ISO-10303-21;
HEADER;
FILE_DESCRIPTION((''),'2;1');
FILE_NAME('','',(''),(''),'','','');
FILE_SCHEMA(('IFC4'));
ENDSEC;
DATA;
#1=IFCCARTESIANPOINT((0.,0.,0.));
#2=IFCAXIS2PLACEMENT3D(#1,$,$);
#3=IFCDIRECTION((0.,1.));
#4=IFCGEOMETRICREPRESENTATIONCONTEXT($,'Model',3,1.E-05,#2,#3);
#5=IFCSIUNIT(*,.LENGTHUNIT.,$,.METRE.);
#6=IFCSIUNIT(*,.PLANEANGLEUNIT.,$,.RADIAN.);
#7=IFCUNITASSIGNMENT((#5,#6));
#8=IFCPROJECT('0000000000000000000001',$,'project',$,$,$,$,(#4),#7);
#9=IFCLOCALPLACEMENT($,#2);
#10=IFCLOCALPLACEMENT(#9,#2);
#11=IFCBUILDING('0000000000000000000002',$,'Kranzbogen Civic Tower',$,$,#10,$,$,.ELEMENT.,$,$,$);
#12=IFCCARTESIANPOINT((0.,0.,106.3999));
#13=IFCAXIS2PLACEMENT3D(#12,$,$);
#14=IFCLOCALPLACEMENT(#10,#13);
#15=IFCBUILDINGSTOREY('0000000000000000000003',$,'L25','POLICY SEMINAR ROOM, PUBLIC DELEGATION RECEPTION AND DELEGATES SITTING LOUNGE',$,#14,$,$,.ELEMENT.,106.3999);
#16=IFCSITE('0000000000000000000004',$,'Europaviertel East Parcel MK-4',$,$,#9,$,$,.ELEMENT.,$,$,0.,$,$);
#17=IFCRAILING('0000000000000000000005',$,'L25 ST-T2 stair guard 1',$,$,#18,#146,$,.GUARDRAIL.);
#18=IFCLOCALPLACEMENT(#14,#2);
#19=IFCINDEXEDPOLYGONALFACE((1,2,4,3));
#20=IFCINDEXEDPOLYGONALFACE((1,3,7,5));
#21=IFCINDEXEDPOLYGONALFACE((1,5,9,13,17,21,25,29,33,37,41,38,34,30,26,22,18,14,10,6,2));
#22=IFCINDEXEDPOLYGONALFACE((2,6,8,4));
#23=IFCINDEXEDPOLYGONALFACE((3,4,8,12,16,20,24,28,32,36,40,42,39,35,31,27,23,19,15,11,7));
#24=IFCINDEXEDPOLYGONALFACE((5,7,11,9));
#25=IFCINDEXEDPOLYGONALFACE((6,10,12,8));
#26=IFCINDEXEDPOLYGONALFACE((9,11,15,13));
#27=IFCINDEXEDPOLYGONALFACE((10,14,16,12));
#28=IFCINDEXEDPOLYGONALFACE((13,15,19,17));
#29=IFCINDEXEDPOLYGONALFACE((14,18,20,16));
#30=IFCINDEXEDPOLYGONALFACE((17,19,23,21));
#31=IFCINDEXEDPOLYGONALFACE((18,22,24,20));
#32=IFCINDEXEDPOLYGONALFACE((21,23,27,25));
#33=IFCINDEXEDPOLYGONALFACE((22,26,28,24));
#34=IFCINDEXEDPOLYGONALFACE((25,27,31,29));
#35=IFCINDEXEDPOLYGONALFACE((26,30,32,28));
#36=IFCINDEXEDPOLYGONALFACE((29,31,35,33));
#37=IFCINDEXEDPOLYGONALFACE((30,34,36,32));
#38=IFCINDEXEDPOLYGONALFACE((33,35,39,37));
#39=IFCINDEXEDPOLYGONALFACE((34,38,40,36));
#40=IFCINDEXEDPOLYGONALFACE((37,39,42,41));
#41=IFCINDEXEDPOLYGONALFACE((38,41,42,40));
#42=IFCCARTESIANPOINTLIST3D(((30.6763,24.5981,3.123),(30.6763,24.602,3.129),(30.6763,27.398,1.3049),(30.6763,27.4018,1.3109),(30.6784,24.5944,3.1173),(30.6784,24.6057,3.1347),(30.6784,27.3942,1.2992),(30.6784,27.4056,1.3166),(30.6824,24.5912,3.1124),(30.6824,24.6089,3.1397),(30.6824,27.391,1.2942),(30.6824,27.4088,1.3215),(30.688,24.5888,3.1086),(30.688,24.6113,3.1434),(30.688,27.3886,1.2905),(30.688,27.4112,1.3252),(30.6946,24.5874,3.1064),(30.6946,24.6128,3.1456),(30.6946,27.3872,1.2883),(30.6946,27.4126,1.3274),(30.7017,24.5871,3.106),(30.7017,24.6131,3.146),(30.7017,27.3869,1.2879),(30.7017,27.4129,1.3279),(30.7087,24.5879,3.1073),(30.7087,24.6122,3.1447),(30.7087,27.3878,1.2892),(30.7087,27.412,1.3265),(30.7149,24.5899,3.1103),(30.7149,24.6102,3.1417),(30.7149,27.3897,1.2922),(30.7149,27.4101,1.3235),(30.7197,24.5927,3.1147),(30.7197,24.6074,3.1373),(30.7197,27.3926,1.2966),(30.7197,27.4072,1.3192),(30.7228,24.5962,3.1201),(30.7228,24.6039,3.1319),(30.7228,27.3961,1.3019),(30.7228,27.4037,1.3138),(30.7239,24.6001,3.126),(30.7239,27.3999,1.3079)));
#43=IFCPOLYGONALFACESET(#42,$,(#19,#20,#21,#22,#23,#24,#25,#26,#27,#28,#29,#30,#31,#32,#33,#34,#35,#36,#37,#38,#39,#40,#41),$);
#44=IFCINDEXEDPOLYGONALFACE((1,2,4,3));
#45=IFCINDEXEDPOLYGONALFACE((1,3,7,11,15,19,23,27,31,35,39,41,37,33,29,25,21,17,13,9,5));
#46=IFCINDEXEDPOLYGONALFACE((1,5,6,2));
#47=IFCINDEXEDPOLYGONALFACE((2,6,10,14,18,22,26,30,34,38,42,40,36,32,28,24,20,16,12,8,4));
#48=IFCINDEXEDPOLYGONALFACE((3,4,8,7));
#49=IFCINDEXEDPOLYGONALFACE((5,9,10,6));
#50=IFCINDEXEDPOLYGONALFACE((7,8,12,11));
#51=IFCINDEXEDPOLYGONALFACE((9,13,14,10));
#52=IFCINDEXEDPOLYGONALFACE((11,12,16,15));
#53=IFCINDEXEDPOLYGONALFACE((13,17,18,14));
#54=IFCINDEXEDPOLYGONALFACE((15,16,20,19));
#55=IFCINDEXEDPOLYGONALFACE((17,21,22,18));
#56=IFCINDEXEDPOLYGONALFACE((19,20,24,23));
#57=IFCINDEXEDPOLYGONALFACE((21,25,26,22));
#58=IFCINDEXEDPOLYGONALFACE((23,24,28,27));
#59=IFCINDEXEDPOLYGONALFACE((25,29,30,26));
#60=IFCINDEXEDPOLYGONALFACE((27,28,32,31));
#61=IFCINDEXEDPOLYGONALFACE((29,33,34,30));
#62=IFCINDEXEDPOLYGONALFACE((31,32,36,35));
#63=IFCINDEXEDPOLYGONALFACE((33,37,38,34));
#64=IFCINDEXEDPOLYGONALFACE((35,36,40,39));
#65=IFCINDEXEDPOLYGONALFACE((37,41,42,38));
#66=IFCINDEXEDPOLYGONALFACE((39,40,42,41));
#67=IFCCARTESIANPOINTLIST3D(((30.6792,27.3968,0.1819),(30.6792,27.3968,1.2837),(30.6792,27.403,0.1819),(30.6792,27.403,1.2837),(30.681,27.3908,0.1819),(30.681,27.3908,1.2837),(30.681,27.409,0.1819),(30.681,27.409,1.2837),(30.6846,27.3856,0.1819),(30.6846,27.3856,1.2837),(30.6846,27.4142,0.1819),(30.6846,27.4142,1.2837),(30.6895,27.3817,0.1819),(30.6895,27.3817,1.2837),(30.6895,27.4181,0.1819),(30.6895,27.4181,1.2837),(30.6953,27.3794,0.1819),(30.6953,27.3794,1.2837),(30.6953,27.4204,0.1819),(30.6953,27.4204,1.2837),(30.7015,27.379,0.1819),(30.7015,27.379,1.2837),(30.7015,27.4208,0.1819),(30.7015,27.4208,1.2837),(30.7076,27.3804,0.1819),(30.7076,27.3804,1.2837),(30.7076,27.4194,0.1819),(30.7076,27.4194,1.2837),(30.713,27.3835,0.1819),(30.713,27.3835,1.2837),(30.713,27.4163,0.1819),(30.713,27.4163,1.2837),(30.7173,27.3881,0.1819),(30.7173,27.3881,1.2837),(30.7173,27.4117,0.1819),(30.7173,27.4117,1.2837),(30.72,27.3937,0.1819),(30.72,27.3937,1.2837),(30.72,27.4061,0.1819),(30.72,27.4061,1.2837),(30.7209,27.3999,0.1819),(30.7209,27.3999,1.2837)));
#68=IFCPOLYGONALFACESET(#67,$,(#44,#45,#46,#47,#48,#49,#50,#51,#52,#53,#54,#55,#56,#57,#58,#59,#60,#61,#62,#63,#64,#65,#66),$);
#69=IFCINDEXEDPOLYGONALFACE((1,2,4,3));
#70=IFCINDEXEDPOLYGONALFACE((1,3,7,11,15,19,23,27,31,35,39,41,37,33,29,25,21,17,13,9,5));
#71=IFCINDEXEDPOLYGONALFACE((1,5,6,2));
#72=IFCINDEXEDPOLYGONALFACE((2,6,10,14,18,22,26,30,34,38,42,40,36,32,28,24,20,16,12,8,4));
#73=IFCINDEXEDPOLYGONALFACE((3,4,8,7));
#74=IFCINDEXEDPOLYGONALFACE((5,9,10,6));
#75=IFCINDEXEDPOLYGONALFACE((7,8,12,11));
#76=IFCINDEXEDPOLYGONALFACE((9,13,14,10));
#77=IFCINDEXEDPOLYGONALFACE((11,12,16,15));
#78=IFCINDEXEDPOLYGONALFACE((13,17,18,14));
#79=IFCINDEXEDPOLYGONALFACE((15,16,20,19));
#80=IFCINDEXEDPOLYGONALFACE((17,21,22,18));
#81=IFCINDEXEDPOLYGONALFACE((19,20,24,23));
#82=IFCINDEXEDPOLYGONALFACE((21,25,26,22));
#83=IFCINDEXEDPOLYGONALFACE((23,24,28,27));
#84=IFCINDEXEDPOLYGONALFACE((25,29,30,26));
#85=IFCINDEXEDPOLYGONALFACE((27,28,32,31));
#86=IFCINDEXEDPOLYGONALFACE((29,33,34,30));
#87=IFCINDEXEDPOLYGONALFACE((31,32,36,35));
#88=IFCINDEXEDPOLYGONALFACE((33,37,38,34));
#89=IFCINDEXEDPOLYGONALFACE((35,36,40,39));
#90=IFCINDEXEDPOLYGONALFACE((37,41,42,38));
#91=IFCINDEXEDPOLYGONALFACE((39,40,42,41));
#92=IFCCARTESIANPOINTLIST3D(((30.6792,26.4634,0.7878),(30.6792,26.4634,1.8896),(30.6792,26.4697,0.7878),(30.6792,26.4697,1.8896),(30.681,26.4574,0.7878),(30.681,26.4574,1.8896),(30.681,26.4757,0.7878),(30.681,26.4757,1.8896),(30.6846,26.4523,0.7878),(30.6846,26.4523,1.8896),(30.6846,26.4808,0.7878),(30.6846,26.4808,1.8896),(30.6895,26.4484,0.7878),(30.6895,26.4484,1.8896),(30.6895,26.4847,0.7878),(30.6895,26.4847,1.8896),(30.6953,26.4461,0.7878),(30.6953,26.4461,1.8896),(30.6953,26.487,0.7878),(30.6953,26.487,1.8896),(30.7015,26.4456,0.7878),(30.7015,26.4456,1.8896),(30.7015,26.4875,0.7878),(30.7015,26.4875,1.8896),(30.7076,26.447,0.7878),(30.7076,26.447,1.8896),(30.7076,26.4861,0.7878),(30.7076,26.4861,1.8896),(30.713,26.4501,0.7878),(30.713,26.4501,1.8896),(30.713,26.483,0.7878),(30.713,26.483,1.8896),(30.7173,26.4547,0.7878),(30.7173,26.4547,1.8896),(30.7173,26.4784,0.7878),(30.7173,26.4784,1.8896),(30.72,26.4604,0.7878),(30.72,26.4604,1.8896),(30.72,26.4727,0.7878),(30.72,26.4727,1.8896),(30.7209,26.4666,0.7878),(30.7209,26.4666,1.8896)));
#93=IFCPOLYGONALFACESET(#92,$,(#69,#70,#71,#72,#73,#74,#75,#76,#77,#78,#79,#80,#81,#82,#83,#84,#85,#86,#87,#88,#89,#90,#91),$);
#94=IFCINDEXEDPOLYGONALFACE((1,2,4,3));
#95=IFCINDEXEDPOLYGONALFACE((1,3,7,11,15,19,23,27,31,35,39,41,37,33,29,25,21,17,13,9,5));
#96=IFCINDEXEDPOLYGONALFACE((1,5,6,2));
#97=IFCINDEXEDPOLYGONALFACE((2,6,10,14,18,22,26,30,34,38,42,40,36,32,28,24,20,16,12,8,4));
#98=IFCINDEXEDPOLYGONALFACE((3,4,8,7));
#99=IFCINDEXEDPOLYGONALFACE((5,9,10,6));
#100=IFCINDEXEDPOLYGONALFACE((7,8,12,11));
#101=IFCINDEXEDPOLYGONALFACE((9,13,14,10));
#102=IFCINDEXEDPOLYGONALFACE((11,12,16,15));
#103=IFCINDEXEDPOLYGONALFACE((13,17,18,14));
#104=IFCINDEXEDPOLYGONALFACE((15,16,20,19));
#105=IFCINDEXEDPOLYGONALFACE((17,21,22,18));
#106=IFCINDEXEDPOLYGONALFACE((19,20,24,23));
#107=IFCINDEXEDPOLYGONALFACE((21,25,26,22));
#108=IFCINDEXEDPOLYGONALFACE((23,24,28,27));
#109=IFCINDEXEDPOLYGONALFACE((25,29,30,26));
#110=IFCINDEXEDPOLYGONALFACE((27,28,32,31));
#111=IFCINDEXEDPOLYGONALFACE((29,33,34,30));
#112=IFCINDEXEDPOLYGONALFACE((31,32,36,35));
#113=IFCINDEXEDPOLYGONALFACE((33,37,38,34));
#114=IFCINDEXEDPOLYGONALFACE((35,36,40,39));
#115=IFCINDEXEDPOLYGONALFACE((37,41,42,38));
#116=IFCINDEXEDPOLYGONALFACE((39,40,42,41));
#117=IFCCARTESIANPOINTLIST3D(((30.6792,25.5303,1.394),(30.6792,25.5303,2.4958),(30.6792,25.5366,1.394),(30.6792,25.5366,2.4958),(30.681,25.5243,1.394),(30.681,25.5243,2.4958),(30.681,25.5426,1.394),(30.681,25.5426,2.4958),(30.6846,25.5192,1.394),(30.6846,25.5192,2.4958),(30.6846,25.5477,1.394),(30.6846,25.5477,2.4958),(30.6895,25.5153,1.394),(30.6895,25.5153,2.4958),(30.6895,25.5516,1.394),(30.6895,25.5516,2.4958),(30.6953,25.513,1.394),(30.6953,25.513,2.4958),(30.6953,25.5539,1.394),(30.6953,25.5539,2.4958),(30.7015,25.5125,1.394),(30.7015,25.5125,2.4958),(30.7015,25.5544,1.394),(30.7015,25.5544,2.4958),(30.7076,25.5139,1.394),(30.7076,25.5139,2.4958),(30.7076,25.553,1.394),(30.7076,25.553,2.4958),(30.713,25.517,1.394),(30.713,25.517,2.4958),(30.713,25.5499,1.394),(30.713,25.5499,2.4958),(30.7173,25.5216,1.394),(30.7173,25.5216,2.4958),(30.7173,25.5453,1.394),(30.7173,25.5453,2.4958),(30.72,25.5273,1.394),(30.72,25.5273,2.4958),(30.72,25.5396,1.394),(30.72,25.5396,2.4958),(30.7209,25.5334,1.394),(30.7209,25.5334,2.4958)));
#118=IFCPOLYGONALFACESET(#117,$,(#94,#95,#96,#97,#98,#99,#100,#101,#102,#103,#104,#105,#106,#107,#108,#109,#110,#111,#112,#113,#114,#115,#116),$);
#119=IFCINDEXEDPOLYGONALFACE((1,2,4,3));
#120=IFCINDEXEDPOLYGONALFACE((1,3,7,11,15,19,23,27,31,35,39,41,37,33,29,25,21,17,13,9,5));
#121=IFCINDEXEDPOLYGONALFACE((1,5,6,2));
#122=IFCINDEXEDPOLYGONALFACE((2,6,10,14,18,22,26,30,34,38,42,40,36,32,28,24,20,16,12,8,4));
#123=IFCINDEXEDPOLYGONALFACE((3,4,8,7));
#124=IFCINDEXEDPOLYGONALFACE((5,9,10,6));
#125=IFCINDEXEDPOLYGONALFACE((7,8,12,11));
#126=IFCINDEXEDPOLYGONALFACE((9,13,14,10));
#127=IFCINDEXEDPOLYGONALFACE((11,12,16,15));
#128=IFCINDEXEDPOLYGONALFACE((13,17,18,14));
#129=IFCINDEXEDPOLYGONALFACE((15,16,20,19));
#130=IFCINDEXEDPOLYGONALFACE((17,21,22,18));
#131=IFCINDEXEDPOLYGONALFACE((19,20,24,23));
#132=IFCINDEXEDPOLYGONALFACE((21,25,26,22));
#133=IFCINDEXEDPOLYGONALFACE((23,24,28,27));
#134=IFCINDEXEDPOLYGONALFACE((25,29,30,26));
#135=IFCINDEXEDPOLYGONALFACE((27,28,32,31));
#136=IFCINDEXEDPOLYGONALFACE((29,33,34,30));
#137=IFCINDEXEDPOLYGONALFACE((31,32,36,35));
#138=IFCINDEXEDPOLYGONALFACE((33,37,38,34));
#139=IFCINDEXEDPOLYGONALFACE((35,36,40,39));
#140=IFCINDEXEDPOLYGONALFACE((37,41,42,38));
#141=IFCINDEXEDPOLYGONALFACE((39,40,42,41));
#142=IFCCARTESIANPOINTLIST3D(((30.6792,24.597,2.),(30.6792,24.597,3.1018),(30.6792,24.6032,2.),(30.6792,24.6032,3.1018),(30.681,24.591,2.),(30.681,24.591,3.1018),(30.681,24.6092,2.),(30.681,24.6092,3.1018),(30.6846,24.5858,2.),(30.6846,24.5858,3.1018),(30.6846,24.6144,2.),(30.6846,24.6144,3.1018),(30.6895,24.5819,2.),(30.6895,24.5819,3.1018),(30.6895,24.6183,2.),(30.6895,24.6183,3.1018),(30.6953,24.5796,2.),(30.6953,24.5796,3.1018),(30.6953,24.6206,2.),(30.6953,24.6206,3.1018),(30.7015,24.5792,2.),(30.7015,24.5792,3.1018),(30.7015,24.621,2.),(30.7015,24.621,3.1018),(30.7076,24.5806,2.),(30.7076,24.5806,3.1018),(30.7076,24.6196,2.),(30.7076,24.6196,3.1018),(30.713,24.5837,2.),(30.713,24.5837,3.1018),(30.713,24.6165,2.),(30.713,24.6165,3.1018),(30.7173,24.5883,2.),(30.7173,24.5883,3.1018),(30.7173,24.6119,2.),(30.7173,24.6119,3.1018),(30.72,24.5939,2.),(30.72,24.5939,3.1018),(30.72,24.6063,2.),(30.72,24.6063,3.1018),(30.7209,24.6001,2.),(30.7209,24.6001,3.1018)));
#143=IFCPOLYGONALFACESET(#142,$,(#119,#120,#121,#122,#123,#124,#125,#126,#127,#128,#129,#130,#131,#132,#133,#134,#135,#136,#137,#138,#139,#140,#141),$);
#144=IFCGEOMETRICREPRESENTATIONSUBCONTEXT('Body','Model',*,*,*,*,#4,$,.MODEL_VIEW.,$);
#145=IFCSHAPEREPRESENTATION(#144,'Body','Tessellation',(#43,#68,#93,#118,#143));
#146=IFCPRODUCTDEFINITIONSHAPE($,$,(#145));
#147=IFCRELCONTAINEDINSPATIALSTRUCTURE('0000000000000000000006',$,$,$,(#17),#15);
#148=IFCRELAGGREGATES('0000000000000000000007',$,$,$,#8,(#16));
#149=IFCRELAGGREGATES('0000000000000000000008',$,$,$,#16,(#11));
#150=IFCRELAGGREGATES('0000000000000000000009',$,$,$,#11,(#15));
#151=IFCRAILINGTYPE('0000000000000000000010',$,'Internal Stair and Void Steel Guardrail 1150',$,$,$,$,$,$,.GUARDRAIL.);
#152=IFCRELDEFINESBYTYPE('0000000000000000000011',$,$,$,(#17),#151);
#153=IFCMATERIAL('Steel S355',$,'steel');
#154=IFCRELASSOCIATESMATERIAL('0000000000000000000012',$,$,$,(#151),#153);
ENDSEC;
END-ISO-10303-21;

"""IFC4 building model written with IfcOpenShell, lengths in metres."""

from ifc_helpers import new_model, si_unit, direction, frame, origin, origin_2d, place, context, subcontext, project, spatial, circle, extrude, material, type_object, element, save


model = new_model("IFC4")

# Units and contexts
model_context = context("Model", 3, precision=1e-05, world=origin(), true_north=direction((0.0, 1.0)))
body_context = subcontext(model_context, "Body", "Model", "MODEL_VIEW")
ifc_project = project(units=[si_unit("LENGTHUNIT", "METRE"), si_unit("PLANEANGLEUNIT", "RADIAN")], contexts=[model_context])

# Site, building, storey
site_placement = place(None, origin())
site = spatial("IfcSite", under=ifc_project, at=site_placement, Name="Europaviertel East Parcel MK-4", CompositionType="ELEMENT", RefElevation=0.0)
building_placement = place(site_placement, origin())
building = spatial("IfcBuilding", under=site, at=building_placement, Name="Kranzbogen Civic Tower", CompositionType="ELEMENT")
storey_placement = place(building_placement, frame((0.0, 0.0, 106.3999)))
storey = spatial("IfcBuildingStorey", under=building, at=storey_placement, Name="L25", Description="POLICY SEMINAR ROOM, PUBLIC DELEGATION RECEPTION AND DELEGATES SITTING LOUNGE", CompositionType="ELEMENT", Elevation=106.3999)

# Shared definitions
ifc_material_1 = material(Name="Steel S355", Category="steel")

# Railing
railing_type_1 = type_object("IfcRailingType", Name="Internal Stair and Void Steel Guardrail 1150", PredefinedType="GUARDRAIL", material=ifc_material_1)
railing_1_placement = place(storey_placement, frame((30.7, 27.3999, 0.1819)))
element("IfcRailing", 1, at=railing_1_placement, inside=storey, type_object=railing_type_1, Name="L25 ST-T2 stair guard 1", PredefinedType="GUARDRAIL", context=body_context, shape_type="SweptSolid", body=[
    extrude(circle(Radius=0.0239, at=origin_2d()), frame((0.0, 0.0, 1.126), z_axis=(0.0, -0.838684, 0.544618), x_axis=(1.0, 0.0, 0.0)), (0.0, 0.0, 1.0), 3.3384),
    extrude(circle(Radius=0.021, at=origin_2d()), origin(), (0.0, 0.0, 1.0), 1.1018),
    extrude(circle(Radius=0.021, at=origin_2d()), frame((0.0, -0.9333, 0.606)), (0.0, 0.0, 1.0), 1.1018),
    extrude(circle(Radius=0.021, at=origin_2d()), frame((0.0, -1.8665, 1.2122)), (0.0, 0.0, 1.0), 1.1018),
    extrude(circle(Radius=0.021, at=origin_2d()), frame((0.0, -2.7998, 1.8181)), (0.0, 0.0, 1.0), 1.1018),
])

save(model, "model.ifc")
